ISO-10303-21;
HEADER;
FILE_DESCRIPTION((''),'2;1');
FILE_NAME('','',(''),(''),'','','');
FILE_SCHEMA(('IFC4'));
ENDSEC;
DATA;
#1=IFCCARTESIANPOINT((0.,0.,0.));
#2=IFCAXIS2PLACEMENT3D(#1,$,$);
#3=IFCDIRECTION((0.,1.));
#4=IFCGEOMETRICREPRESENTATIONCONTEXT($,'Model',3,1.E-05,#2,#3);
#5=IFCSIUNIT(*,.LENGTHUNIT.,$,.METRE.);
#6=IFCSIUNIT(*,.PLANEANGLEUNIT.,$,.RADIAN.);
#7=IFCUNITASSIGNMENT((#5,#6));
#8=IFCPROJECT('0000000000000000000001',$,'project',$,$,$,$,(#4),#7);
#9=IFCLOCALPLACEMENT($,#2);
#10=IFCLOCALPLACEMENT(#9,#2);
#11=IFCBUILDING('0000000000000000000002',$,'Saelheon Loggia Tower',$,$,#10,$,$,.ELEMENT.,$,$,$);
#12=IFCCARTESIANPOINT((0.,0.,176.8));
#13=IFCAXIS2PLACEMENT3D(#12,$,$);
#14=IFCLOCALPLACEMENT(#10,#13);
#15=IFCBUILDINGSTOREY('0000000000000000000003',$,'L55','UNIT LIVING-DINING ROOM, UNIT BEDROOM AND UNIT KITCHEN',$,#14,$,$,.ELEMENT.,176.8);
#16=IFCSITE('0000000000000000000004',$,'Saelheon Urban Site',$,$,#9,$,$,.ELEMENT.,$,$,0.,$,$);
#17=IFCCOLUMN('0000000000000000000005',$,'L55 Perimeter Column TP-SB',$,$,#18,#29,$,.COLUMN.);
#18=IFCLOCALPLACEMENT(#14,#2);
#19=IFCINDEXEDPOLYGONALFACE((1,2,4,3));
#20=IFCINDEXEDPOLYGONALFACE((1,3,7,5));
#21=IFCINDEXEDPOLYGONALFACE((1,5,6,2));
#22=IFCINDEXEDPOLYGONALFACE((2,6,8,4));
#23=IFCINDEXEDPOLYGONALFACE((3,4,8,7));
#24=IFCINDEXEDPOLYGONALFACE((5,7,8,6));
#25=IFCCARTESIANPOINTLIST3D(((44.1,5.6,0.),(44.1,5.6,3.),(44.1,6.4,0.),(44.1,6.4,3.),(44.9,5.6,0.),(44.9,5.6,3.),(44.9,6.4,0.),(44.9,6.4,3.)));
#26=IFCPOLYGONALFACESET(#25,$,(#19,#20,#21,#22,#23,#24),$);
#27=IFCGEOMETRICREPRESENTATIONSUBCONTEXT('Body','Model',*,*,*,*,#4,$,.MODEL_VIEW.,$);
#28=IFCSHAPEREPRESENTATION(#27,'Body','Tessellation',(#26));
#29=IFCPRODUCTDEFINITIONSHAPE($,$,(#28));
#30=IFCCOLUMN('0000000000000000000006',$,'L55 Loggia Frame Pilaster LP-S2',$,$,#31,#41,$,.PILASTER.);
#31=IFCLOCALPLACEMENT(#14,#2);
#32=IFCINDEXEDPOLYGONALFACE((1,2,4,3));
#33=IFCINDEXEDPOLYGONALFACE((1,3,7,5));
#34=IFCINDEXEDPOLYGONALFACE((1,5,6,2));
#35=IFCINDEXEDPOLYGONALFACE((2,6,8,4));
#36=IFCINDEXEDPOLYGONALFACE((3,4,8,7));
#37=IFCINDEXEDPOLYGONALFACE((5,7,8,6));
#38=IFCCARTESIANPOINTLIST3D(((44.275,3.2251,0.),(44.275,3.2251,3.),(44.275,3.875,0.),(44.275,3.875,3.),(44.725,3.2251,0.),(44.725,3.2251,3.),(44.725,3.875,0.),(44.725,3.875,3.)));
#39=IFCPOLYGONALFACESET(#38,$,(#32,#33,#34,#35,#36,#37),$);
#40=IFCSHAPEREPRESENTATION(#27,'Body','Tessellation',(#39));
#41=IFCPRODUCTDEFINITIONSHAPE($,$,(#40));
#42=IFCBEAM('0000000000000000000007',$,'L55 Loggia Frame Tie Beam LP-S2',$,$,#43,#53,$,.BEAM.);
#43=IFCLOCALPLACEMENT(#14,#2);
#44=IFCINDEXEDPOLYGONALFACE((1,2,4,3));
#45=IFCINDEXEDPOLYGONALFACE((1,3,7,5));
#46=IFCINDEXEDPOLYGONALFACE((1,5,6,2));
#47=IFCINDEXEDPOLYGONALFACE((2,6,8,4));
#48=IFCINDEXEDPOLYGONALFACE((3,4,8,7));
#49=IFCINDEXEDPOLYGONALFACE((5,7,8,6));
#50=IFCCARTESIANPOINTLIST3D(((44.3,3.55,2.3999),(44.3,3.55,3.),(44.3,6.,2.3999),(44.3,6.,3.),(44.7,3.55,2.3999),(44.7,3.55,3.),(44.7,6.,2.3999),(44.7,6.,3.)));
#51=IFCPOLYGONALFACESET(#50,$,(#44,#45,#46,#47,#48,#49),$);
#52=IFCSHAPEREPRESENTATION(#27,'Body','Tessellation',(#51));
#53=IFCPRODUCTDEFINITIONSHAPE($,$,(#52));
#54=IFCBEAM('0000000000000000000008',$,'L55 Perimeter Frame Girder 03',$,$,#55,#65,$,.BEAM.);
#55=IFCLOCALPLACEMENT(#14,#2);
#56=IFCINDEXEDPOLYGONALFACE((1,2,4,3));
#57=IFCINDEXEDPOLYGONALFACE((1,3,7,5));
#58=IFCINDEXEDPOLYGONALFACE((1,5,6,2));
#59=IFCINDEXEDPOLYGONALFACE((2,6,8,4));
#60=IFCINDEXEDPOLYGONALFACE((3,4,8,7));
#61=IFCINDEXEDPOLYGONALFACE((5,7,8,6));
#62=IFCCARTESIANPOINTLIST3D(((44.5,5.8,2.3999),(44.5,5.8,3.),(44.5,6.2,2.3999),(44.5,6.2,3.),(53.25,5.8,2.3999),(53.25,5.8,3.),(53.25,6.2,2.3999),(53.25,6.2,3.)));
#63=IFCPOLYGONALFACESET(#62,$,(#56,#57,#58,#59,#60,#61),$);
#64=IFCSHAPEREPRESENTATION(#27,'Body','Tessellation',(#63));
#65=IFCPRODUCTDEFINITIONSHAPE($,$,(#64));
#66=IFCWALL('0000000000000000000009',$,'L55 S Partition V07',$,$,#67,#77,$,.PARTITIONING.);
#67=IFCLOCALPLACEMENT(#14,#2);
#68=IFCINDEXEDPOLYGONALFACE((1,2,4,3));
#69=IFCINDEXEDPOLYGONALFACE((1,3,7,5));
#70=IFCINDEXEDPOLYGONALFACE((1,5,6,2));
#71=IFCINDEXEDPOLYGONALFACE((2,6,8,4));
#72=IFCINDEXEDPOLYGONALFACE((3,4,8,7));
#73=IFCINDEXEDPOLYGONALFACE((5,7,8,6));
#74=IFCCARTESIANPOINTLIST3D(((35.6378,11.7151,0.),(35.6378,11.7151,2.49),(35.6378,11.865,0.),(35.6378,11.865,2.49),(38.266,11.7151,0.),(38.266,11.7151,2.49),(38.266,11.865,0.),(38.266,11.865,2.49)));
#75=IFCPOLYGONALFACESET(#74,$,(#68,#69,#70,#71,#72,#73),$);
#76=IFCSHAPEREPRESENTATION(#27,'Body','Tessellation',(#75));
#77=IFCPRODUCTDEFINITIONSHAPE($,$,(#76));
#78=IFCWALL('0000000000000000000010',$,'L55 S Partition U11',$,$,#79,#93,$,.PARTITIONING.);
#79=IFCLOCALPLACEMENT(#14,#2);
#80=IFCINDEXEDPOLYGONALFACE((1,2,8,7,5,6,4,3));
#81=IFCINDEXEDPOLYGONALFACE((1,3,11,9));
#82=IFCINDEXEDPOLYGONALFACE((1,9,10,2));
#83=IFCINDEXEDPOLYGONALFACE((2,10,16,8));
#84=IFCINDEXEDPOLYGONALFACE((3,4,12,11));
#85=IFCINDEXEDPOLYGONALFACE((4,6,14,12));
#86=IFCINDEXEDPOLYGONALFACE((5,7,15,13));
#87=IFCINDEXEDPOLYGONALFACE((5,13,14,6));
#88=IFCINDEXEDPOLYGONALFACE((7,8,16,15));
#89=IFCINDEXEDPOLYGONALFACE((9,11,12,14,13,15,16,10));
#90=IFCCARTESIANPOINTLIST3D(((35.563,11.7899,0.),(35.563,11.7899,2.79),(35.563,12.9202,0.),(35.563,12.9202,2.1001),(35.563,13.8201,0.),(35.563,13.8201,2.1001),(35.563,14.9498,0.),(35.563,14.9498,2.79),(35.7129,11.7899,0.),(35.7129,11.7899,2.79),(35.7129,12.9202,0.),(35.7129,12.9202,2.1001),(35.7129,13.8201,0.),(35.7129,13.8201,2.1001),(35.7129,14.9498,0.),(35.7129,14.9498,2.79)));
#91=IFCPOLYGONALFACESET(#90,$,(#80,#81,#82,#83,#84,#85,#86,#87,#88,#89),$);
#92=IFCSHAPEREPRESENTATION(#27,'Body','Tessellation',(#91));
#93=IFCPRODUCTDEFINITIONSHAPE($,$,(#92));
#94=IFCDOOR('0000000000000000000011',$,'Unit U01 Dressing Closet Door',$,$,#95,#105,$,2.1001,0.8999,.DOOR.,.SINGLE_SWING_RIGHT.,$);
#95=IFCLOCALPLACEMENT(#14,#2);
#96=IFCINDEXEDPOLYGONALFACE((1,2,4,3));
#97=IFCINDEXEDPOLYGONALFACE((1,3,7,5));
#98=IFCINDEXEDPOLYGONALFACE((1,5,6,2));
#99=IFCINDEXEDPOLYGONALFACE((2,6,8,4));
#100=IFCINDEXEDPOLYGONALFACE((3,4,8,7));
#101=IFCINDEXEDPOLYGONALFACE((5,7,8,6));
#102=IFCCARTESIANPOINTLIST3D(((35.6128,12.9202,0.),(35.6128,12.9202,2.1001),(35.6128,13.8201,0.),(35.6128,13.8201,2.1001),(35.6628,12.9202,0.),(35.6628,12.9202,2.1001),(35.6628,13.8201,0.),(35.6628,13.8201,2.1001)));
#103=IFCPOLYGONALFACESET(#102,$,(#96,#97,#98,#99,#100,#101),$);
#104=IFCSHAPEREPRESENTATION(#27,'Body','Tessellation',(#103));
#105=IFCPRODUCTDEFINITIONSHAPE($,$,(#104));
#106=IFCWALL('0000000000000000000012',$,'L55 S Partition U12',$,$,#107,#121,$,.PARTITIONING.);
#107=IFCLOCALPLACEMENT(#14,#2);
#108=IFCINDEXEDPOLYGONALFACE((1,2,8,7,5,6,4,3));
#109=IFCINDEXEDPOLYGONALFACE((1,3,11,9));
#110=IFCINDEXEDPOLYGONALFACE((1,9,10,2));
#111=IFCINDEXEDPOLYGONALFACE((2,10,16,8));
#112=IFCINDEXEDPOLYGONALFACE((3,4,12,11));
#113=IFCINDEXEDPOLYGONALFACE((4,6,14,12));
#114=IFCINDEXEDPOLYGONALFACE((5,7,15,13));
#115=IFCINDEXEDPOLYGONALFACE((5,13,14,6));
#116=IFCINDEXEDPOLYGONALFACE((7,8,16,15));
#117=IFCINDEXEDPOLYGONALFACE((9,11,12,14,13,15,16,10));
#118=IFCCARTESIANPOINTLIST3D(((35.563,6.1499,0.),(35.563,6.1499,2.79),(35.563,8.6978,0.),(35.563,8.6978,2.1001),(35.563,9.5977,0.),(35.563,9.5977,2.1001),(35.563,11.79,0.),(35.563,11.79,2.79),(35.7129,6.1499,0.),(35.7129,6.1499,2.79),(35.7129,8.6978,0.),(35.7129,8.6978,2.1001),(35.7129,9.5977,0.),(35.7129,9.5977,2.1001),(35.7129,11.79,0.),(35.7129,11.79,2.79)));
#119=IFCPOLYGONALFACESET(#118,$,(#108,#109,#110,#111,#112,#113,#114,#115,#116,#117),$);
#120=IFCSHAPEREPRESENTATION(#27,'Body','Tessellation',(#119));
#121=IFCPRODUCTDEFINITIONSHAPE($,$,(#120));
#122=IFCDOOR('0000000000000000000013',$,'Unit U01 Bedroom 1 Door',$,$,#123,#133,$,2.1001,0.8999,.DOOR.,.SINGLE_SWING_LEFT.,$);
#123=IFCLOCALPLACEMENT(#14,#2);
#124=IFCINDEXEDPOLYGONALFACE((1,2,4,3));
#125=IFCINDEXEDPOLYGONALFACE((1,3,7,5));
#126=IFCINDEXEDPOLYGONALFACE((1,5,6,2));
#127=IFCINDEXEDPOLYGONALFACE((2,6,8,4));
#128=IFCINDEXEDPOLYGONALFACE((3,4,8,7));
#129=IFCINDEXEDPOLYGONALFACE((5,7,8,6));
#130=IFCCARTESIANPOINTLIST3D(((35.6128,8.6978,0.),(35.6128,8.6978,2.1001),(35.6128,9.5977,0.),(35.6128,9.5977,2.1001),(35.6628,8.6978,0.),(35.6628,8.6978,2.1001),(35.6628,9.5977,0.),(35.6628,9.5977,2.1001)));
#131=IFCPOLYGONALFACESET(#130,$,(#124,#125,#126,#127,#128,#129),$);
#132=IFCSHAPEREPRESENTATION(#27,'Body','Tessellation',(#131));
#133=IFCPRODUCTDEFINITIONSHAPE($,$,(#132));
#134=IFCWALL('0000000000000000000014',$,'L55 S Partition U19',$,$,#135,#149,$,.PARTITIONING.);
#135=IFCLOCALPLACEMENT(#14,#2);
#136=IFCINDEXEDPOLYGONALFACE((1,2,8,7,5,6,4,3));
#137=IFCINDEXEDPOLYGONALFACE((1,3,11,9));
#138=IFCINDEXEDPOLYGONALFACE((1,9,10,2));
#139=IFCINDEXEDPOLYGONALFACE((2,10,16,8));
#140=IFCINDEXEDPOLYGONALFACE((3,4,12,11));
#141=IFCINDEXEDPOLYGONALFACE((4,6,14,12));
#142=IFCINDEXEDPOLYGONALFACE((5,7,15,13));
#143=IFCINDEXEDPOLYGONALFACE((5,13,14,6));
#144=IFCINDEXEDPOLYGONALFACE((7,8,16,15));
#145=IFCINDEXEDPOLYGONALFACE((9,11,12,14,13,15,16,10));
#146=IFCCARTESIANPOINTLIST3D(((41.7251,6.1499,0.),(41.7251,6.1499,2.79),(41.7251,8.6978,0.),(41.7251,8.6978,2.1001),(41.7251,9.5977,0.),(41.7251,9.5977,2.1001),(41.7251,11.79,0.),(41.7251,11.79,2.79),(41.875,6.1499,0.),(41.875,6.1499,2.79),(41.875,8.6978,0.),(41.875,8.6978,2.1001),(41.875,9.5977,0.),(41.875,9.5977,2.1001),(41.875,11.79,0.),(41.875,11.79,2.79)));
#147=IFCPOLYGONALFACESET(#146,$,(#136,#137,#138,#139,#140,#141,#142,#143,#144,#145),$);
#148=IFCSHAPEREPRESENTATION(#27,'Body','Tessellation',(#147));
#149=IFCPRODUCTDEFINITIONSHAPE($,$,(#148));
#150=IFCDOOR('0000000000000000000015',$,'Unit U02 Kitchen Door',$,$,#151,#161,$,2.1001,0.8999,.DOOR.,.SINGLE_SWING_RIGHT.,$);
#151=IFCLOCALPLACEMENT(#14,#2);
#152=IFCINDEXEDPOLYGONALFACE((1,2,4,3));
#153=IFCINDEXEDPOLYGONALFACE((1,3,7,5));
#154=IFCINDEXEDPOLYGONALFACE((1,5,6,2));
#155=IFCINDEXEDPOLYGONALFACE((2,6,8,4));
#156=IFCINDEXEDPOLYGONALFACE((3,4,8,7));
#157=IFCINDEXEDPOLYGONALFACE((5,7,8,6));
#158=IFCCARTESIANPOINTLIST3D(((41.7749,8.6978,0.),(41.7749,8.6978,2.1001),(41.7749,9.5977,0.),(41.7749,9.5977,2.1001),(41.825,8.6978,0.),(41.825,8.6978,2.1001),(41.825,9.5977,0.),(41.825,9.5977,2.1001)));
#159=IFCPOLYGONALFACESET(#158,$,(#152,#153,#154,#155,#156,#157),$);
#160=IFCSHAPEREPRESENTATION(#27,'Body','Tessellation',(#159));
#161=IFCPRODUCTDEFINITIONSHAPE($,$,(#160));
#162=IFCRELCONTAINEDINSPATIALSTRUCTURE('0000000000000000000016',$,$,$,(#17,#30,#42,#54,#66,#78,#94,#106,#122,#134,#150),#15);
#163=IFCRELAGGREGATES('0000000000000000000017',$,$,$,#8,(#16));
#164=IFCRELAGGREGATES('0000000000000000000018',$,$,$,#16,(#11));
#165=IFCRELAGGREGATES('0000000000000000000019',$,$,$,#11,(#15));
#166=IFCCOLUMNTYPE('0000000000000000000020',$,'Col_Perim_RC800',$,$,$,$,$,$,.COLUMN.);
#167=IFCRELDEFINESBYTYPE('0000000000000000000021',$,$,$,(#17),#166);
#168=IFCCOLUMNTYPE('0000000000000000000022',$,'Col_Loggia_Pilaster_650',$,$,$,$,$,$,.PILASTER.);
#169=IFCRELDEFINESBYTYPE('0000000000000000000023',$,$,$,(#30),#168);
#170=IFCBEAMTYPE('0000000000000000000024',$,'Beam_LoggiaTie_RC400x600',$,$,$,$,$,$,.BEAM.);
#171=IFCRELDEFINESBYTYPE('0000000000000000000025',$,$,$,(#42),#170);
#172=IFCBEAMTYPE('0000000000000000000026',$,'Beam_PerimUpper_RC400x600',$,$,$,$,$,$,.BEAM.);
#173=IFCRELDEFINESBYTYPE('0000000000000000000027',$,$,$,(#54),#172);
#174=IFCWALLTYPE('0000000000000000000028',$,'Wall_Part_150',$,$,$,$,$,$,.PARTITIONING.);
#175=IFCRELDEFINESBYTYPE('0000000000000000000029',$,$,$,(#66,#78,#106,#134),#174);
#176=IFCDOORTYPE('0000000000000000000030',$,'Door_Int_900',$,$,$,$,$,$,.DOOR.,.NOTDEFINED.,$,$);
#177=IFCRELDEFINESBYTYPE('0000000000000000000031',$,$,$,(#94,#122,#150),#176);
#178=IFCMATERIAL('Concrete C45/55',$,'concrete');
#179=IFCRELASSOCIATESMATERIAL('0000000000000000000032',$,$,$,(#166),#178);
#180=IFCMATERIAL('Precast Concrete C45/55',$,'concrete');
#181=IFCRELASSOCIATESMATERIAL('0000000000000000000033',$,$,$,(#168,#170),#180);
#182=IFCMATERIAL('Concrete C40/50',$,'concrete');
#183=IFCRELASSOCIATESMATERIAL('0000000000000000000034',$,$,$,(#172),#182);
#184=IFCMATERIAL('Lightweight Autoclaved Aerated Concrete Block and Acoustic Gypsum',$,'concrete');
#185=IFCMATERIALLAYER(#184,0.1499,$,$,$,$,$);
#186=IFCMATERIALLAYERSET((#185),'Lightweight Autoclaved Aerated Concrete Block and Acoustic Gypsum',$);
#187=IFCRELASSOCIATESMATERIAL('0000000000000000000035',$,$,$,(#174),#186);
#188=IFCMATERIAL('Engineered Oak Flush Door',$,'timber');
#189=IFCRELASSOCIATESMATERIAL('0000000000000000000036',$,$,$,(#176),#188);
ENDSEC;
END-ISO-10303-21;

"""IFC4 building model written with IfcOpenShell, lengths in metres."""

from ifc_helpers import new_model, si_unit, direction, frame, frame_2d, origin, origin_2d, place, context, subcontext, project, spatial, rectangle, extrude, source, transform, mapped, material, layer, layer_set, material_profile, profile_set, type_object, element, fill, save


model = new_model("IFC4")

# Units and contexts
model_context = context("Model", 3, precision=1e-05, world=origin(), true_north=direction((0.0, 1.0)))
body_context = subcontext(model_context, "Body", "Model", "MODEL_VIEW")
ifc_project = project(units=[si_unit("LENGTHUNIT", "METRE"), si_unit("PLANEANGLEUNIT", "RADIAN")], contexts=[model_context])

# Site, building, storey
site_placement = place(None, origin())
site = spatial("IfcSite", under=ifc_project, at=site_placement, Name="Saelheon Urban Site", CompositionType="ELEMENT", RefElevation=0.0)
building_placement = place(site_placement, origin())
building = spatial("IfcBuilding", under=site, at=building_placement, Name="Saelheon Loggia Tower", CompositionType="ELEMENT")
storey_placement = place(building_placement, frame((0.0, 0.0, 176.8)))
storey = spatial("IfcBuildingStorey", under=building, at=storey_placement, Name="L55", Description="UNIT LIVING-DINING ROOM, UNIT BEDROOM AND UNIT KITCHEN", CompositionType="ELEMENT", Elevation=176.8)

# Columns
ifc_material_1 = material(Name="Concrete C45/55", Category="concrete")
ifc_material_profile_1 = material_profile(ifc_material_1, rectangle(XDim=0.8, YDim=0.8, at=origin_2d()), Name="RC-800x800")
ifc_profile_set_1 = profile_set([ifc_material_profile_1], Name="Concrete C45/55")
column_type_1 = type_object("IfcColumnType", Name="Col_Perim_RC800", PredefinedType="COLUMN", material=ifc_profile_set_1)
shared_shape_1 = source(origin(), body_context, "Body", "SweptSolid", [
    extrude(rectangle(XDim=0.8, YDim=0.8, at=origin_2d()), origin(), (0.0, 0.0, 1.0), 3.0),
])
column_1_placement = place(storey_placement, frame((44.5, 6.0, 0.0), z_axis=(0.0, 0.0, 1.0), x_axis=(1.0, 0.0, 0.0)))
element("IfcColumn", 1, at=column_1_placement, inside=storey, type_object=column_type_1, Name="L55 Perimeter Column TP-SB", PredefinedType="COLUMN", context=body_context, shape_type="MappedRepresentation", body=[
    mapped(shared_shape_1, transform((0.0, 0.0, 0.0), scale=1.0)),
])
ifc_material_2 = material(Name="Precast Concrete C45/55", Category="concrete")
ifc_material_profile_2 = material_profile(ifc_material_2, rectangle(XDim=0.45, YDim=0.6499, at=origin_2d()), Name="RC-450x650")
ifc_profile_set_2 = profile_set([ifc_material_profile_2], Name="Precast Concrete C45/55")
column_type_2 = type_object("IfcColumnType", Name="Col_Loggia_Pilaster_650", PredefinedType="PILASTER", material=ifc_profile_set_2)
shared_shape_2 = source(origin(), body_context, "Body", "SweptSolid", [
    extrude(rectangle(XDim=0.45, YDim=0.6499, at=origin_2d()), origin(), (0.0, 0.0, 1.0), 3.0),
])
column_2_placement = place(storey_placement, frame((44.5, 3.55, 0.0), z_axis=(0.0, 0.0, 1.0), x_axis=(1.0, 0.0, 0.0)))
element("IfcColumn", 2, at=column_2_placement, inside=storey, type_object=column_type_2, Name="L55 Loggia Frame Pilaster LP-S2", PredefinedType="PILASTER", context=body_context, shape_type="MappedRepresentation", body=[
    mapped(shared_shape_2, transform((0.0, 0.0, 0.0), scale=1.0)),
])

# Beams
ifc_material_profile_3 = material_profile(ifc_material_2, rectangle(XDim=0.3999, YDim=0.6001, at=origin_2d()), Name="RC-400x600")
ifc_profile_set_3 = profile_set([ifc_material_profile_3], Name="Precast Concrete C45/55")
beam_type_1 = type_object("IfcBeamType", Name="Beam_LoggiaTie_RC400x600", PredefinedType="BEAM", material=ifc_profile_set_3)
shared_shape_3 = source(origin(), body_context, "Body", "SweptSolid", [
    extrude(rectangle(XDim=0.3999, YDim=0.6001, at=origin_2d()), origin(), (0.0, 0.0, 1.0), 2.45),
])
beam_1_placement = place(storey_placement, frame((44.5, 6.0, 2.7), z_axis=(0.0, -1.0, 0.0), x_axis=(1.0, 0.0, 0.0)))
element("IfcBeam", 3, at=beam_1_placement, inside=storey, type_object=beam_type_1, Name="L55 Loggia Frame Tie Beam LP-S2", PredefinedType="BEAM", context=body_context, shape_type="MappedRepresentation", body=[
    mapped(shared_shape_3, transform((0.0, 0.0, 0.0), scale=1.0)),
])
ifc_material_3 = material(Name="Concrete C40/50", Category="concrete")
ifc_material_profile_4 = material_profile(ifc_material_3, rectangle(XDim=0.3999, YDim=0.6001, at=origin_2d()), Name="RC-400x600")
ifc_profile_set_4 = profile_set([ifc_material_profile_4], Name="Concrete C40/50")
beam_type_2 = type_object("IfcBeamType", Name="Beam_PerimUpper_RC400x600", PredefinedType="BEAM", material=ifc_profile_set_4)
shared_shape_4 = source(origin(), body_context, "Body", "SweptSolid", [
    extrude(rectangle(XDim=0.3999, YDim=0.6001, at=origin_2d()), origin(), (0.0, 0.0, 1.0), 8.75),
])
beam_2_placement = place(storey_placement, frame((44.5, 6.0, 2.7), z_axis=(1.0, 0.0, 0.0), x_axis=(0.0, 1.0, 0.0)))
element("IfcBeam", 4, at=beam_2_placement, inside=storey, type_object=beam_type_2, Name="L55 Perimeter Frame Girder 03", PredefinedType="BEAM", context=body_context, shape_type="MappedRepresentation", body=[
    mapped(shared_shape_4, transform((0.0, 0.0, 0.0), scale=1.0)),
])

# Wall
ifc_material_4 = material(Name="Lightweight Autoclaved Aerated Concrete Block and Acoustic Gypsum", Category="concrete")
ifc_layer_1 = layer(ifc_material_4, 0.1499)
ifc_layer_set_1 = layer_set([ifc_layer_1], Name="Lightweight Autoclaved Aerated Concrete Block and Acoustic Gypsum")
wall_type_1 = type_object("IfcWallType", Name="Wall_Part_150", PredefinedType="PARTITIONING", material=ifc_layer_set_1)
wall_1_placement = place(storey_placement, frame((35.6379, 11.79, 0.0), z_axis=(0.0, 0.0, 1.0), x_axis=(1.0, 0.0, 0.0)))
element("IfcWall", 5, at=wall_1_placement, inside=storey, type_object=wall_type_1, Name="L55 S Partition V07", PredefinedType="PARTITIONING", context=body_context, shape_type="SweptSolid", body=[
    extrude(rectangle(XDim=2.6282, YDim=0.1499, at=frame_2d((1.314, 0.0))), origin(), (0.0, 0.0, 1.0), 2.49),
])

# Walls, openings, doors
wall_2_placement = place(storey_placement, frame((35.6379, 14.95, 0.0), z_axis=(0.0, 0.0, 1.0), x_axis=(0.0, -1.0, 0.0)))
wall_2 = element("IfcWall", 6, at=wall_2_placement, inside=storey, type_object=wall_type_1, Name="L55 S Partition U11", PredefinedType="PARTITIONING", context=body_context, shape_type="SweptSolid", body=[
    extrude(rectangle(XDim=3.1599, YDim=0.1499, at=frame_2d((1.5801, 0.0))), origin(), (0.0, 0.0, 1.0), 2.79),
])
opening_1_placement = place(wall_2_placement, frame((1.1299, 0.0, 0.0)))
opening_1 = element("IfcOpeningElement", 7, at=opening_1_placement, cuts=wall_2, PredefinedType="OPENING", context=body_context, shape_type="SweptSolid", body=[
    extrude(rectangle(XDim=0.8999, YDim=2.1001, at=frame_2d((0.45, 1.05))), frame((0.0, 0.0869, 0.0), z_axis=(0.0, -1.0, 0.0), x_axis=(1.0, 0.0, 0.0)), (0.0, 0.0, 1.0), 0.1738),
])
ifc_material_5 = material(Name="Engineered Oak Flush Door", Category="timber")
door_type_1 = type_object("IfcDoorType", Name="Door_Int_900", OperationType="NOTDEFINED", PredefinedType="DOOR", material=ifc_material_5)
shared_shape_5 = source(origin(), body_context, "Body", "SweptSolid", [
    extrude(rectangle(XDim=0.8999, YDim=2.1001, at=frame_2d((0.45, 1.05))), frame((0.0, 0.0249, 0.0), z_axis=(0.0, -1.0, 0.0), x_axis=(1.0, 0.0, 0.0)), (0.0, 0.0, 1.0), 0.05),
])
door_1_placement = place(opening_1_placement, origin())
door_1 = element("IfcDoor", 8, at=door_1_placement, inside=storey, type_object=door_type_1, Name="Unit U01 Dressing Closet Door", OperationType="SINGLE_SWING_RIGHT", OverallHeight=2.1001, OverallWidth=0.8999, PredefinedType="DOOR", context=body_context, shape_type="MappedRepresentation", body=[
    mapped(shared_shape_5, transform((0.0, 0.0, 0.0), scale=1.0)),
])
fill(opening_1, door_1)
wall_3_placement = place(storey_placement, frame((35.6379, 11.79, 0.0), z_axis=(0.0, 0.0, 1.0), x_axis=(0.0, -1.0, 0.0)))
wall_3 = element("IfcWall", 9, at=wall_3_placement, inside=storey, type_object=wall_type_1, Name="L55 S Partition U12", PredefinedType="PARTITIONING", context=body_context, shape_type="SweptSolid", body=[
    extrude(rectangle(XDim=5.6401, YDim=0.1499, at=frame_2d((2.8201, 0.0))), origin(), (0.0, 0.0, 1.0), 2.79),
])
opening_2_placement = place(wall_3_placement, frame((2.1924, 0.0, 0.0)))
opening_2 = element("IfcOpeningElement", 10, at=opening_2_placement, cuts=wall_3, PredefinedType="OPENING", context=body_context, shape_type="SweptSolid", body=[
    extrude(rectangle(XDim=0.8999, YDim=2.1001, at=frame_2d((0.45, 1.05))), frame((0.0, 0.0869, 0.0), z_axis=(0.0, -1.0, 0.0), x_axis=(1.0, 0.0, 0.0)), (0.0, 0.0, 1.0), 0.1738),
])
door_2_placement = place(opening_2_placement, origin())
door_2 = element("IfcDoor", 11, at=door_2_placement, inside=storey, type_object=door_type_1, Name="Unit U01 Bedroom 1 Door", OperationType="SINGLE_SWING_LEFT", OverallHeight=2.1001, OverallWidth=0.8999, PredefinedType="DOOR", context=body_context, shape_type="MappedRepresentation", body=[
    mapped(shared_shape_5, transform((0.0, 0.0, 0.0), scale=1.0)),
])
fill(opening_2, door_2)
wall_4_placement = place(storey_placement, frame((41.8, 11.79, 0.0), z_axis=(0.0, 0.0, 1.0), x_axis=(0.0, -1.0, 0.0)))
wall_4 = element("IfcWall", 12, at=wall_4_placement, inside=storey, type_object=wall_type_1, Name="L55 S Partition U19", PredefinedType="PARTITIONING", context=body_context, shape_type="SweptSolid", body=[
    extrude(rectangle(XDim=5.6401, YDim=0.1499, at=frame_2d((2.8201, 0.0))), origin(), (0.0, 0.0, 1.0), 2.79),
])
opening_3_placement = place(wall_4_placement, frame((2.1924, 0.0, 0.0)))
opening_3 = element("IfcOpeningElement", 13, at=opening_3_placement, cuts=wall_4, PredefinedType="OPENING", context=body_context, shape_type="SweptSolid", body=[
    extrude(rectangle(XDim=0.8999, YDim=2.1001, at=frame_2d((0.45, 1.05))), frame((0.0, 0.0869, 0.0), z_axis=(0.0, -1.0, 0.0), x_axis=(1.0, 0.0, 0.0)), (0.0, 0.0, 1.0), 0.1738),
])
door_3_placement = place(opening_3_placement, origin())
door_3 = element("IfcDoor", 14, at=door_3_placement, inside=storey, type_object=door_type_1, Name="Unit U02 Kitchen Door", OperationType="SINGLE_SWING_RIGHT", OverallHeight=2.1001, OverallWidth=0.8999, PredefinedType="DOOR", context=body_context, shape_type="MappedRepresentation", body=[
    mapped(shared_shape_5, transform((0.0, 0.0, 0.0), scale=1.0)),
])
fill(opening_3, door_3)

save(model, "model.ifc")
